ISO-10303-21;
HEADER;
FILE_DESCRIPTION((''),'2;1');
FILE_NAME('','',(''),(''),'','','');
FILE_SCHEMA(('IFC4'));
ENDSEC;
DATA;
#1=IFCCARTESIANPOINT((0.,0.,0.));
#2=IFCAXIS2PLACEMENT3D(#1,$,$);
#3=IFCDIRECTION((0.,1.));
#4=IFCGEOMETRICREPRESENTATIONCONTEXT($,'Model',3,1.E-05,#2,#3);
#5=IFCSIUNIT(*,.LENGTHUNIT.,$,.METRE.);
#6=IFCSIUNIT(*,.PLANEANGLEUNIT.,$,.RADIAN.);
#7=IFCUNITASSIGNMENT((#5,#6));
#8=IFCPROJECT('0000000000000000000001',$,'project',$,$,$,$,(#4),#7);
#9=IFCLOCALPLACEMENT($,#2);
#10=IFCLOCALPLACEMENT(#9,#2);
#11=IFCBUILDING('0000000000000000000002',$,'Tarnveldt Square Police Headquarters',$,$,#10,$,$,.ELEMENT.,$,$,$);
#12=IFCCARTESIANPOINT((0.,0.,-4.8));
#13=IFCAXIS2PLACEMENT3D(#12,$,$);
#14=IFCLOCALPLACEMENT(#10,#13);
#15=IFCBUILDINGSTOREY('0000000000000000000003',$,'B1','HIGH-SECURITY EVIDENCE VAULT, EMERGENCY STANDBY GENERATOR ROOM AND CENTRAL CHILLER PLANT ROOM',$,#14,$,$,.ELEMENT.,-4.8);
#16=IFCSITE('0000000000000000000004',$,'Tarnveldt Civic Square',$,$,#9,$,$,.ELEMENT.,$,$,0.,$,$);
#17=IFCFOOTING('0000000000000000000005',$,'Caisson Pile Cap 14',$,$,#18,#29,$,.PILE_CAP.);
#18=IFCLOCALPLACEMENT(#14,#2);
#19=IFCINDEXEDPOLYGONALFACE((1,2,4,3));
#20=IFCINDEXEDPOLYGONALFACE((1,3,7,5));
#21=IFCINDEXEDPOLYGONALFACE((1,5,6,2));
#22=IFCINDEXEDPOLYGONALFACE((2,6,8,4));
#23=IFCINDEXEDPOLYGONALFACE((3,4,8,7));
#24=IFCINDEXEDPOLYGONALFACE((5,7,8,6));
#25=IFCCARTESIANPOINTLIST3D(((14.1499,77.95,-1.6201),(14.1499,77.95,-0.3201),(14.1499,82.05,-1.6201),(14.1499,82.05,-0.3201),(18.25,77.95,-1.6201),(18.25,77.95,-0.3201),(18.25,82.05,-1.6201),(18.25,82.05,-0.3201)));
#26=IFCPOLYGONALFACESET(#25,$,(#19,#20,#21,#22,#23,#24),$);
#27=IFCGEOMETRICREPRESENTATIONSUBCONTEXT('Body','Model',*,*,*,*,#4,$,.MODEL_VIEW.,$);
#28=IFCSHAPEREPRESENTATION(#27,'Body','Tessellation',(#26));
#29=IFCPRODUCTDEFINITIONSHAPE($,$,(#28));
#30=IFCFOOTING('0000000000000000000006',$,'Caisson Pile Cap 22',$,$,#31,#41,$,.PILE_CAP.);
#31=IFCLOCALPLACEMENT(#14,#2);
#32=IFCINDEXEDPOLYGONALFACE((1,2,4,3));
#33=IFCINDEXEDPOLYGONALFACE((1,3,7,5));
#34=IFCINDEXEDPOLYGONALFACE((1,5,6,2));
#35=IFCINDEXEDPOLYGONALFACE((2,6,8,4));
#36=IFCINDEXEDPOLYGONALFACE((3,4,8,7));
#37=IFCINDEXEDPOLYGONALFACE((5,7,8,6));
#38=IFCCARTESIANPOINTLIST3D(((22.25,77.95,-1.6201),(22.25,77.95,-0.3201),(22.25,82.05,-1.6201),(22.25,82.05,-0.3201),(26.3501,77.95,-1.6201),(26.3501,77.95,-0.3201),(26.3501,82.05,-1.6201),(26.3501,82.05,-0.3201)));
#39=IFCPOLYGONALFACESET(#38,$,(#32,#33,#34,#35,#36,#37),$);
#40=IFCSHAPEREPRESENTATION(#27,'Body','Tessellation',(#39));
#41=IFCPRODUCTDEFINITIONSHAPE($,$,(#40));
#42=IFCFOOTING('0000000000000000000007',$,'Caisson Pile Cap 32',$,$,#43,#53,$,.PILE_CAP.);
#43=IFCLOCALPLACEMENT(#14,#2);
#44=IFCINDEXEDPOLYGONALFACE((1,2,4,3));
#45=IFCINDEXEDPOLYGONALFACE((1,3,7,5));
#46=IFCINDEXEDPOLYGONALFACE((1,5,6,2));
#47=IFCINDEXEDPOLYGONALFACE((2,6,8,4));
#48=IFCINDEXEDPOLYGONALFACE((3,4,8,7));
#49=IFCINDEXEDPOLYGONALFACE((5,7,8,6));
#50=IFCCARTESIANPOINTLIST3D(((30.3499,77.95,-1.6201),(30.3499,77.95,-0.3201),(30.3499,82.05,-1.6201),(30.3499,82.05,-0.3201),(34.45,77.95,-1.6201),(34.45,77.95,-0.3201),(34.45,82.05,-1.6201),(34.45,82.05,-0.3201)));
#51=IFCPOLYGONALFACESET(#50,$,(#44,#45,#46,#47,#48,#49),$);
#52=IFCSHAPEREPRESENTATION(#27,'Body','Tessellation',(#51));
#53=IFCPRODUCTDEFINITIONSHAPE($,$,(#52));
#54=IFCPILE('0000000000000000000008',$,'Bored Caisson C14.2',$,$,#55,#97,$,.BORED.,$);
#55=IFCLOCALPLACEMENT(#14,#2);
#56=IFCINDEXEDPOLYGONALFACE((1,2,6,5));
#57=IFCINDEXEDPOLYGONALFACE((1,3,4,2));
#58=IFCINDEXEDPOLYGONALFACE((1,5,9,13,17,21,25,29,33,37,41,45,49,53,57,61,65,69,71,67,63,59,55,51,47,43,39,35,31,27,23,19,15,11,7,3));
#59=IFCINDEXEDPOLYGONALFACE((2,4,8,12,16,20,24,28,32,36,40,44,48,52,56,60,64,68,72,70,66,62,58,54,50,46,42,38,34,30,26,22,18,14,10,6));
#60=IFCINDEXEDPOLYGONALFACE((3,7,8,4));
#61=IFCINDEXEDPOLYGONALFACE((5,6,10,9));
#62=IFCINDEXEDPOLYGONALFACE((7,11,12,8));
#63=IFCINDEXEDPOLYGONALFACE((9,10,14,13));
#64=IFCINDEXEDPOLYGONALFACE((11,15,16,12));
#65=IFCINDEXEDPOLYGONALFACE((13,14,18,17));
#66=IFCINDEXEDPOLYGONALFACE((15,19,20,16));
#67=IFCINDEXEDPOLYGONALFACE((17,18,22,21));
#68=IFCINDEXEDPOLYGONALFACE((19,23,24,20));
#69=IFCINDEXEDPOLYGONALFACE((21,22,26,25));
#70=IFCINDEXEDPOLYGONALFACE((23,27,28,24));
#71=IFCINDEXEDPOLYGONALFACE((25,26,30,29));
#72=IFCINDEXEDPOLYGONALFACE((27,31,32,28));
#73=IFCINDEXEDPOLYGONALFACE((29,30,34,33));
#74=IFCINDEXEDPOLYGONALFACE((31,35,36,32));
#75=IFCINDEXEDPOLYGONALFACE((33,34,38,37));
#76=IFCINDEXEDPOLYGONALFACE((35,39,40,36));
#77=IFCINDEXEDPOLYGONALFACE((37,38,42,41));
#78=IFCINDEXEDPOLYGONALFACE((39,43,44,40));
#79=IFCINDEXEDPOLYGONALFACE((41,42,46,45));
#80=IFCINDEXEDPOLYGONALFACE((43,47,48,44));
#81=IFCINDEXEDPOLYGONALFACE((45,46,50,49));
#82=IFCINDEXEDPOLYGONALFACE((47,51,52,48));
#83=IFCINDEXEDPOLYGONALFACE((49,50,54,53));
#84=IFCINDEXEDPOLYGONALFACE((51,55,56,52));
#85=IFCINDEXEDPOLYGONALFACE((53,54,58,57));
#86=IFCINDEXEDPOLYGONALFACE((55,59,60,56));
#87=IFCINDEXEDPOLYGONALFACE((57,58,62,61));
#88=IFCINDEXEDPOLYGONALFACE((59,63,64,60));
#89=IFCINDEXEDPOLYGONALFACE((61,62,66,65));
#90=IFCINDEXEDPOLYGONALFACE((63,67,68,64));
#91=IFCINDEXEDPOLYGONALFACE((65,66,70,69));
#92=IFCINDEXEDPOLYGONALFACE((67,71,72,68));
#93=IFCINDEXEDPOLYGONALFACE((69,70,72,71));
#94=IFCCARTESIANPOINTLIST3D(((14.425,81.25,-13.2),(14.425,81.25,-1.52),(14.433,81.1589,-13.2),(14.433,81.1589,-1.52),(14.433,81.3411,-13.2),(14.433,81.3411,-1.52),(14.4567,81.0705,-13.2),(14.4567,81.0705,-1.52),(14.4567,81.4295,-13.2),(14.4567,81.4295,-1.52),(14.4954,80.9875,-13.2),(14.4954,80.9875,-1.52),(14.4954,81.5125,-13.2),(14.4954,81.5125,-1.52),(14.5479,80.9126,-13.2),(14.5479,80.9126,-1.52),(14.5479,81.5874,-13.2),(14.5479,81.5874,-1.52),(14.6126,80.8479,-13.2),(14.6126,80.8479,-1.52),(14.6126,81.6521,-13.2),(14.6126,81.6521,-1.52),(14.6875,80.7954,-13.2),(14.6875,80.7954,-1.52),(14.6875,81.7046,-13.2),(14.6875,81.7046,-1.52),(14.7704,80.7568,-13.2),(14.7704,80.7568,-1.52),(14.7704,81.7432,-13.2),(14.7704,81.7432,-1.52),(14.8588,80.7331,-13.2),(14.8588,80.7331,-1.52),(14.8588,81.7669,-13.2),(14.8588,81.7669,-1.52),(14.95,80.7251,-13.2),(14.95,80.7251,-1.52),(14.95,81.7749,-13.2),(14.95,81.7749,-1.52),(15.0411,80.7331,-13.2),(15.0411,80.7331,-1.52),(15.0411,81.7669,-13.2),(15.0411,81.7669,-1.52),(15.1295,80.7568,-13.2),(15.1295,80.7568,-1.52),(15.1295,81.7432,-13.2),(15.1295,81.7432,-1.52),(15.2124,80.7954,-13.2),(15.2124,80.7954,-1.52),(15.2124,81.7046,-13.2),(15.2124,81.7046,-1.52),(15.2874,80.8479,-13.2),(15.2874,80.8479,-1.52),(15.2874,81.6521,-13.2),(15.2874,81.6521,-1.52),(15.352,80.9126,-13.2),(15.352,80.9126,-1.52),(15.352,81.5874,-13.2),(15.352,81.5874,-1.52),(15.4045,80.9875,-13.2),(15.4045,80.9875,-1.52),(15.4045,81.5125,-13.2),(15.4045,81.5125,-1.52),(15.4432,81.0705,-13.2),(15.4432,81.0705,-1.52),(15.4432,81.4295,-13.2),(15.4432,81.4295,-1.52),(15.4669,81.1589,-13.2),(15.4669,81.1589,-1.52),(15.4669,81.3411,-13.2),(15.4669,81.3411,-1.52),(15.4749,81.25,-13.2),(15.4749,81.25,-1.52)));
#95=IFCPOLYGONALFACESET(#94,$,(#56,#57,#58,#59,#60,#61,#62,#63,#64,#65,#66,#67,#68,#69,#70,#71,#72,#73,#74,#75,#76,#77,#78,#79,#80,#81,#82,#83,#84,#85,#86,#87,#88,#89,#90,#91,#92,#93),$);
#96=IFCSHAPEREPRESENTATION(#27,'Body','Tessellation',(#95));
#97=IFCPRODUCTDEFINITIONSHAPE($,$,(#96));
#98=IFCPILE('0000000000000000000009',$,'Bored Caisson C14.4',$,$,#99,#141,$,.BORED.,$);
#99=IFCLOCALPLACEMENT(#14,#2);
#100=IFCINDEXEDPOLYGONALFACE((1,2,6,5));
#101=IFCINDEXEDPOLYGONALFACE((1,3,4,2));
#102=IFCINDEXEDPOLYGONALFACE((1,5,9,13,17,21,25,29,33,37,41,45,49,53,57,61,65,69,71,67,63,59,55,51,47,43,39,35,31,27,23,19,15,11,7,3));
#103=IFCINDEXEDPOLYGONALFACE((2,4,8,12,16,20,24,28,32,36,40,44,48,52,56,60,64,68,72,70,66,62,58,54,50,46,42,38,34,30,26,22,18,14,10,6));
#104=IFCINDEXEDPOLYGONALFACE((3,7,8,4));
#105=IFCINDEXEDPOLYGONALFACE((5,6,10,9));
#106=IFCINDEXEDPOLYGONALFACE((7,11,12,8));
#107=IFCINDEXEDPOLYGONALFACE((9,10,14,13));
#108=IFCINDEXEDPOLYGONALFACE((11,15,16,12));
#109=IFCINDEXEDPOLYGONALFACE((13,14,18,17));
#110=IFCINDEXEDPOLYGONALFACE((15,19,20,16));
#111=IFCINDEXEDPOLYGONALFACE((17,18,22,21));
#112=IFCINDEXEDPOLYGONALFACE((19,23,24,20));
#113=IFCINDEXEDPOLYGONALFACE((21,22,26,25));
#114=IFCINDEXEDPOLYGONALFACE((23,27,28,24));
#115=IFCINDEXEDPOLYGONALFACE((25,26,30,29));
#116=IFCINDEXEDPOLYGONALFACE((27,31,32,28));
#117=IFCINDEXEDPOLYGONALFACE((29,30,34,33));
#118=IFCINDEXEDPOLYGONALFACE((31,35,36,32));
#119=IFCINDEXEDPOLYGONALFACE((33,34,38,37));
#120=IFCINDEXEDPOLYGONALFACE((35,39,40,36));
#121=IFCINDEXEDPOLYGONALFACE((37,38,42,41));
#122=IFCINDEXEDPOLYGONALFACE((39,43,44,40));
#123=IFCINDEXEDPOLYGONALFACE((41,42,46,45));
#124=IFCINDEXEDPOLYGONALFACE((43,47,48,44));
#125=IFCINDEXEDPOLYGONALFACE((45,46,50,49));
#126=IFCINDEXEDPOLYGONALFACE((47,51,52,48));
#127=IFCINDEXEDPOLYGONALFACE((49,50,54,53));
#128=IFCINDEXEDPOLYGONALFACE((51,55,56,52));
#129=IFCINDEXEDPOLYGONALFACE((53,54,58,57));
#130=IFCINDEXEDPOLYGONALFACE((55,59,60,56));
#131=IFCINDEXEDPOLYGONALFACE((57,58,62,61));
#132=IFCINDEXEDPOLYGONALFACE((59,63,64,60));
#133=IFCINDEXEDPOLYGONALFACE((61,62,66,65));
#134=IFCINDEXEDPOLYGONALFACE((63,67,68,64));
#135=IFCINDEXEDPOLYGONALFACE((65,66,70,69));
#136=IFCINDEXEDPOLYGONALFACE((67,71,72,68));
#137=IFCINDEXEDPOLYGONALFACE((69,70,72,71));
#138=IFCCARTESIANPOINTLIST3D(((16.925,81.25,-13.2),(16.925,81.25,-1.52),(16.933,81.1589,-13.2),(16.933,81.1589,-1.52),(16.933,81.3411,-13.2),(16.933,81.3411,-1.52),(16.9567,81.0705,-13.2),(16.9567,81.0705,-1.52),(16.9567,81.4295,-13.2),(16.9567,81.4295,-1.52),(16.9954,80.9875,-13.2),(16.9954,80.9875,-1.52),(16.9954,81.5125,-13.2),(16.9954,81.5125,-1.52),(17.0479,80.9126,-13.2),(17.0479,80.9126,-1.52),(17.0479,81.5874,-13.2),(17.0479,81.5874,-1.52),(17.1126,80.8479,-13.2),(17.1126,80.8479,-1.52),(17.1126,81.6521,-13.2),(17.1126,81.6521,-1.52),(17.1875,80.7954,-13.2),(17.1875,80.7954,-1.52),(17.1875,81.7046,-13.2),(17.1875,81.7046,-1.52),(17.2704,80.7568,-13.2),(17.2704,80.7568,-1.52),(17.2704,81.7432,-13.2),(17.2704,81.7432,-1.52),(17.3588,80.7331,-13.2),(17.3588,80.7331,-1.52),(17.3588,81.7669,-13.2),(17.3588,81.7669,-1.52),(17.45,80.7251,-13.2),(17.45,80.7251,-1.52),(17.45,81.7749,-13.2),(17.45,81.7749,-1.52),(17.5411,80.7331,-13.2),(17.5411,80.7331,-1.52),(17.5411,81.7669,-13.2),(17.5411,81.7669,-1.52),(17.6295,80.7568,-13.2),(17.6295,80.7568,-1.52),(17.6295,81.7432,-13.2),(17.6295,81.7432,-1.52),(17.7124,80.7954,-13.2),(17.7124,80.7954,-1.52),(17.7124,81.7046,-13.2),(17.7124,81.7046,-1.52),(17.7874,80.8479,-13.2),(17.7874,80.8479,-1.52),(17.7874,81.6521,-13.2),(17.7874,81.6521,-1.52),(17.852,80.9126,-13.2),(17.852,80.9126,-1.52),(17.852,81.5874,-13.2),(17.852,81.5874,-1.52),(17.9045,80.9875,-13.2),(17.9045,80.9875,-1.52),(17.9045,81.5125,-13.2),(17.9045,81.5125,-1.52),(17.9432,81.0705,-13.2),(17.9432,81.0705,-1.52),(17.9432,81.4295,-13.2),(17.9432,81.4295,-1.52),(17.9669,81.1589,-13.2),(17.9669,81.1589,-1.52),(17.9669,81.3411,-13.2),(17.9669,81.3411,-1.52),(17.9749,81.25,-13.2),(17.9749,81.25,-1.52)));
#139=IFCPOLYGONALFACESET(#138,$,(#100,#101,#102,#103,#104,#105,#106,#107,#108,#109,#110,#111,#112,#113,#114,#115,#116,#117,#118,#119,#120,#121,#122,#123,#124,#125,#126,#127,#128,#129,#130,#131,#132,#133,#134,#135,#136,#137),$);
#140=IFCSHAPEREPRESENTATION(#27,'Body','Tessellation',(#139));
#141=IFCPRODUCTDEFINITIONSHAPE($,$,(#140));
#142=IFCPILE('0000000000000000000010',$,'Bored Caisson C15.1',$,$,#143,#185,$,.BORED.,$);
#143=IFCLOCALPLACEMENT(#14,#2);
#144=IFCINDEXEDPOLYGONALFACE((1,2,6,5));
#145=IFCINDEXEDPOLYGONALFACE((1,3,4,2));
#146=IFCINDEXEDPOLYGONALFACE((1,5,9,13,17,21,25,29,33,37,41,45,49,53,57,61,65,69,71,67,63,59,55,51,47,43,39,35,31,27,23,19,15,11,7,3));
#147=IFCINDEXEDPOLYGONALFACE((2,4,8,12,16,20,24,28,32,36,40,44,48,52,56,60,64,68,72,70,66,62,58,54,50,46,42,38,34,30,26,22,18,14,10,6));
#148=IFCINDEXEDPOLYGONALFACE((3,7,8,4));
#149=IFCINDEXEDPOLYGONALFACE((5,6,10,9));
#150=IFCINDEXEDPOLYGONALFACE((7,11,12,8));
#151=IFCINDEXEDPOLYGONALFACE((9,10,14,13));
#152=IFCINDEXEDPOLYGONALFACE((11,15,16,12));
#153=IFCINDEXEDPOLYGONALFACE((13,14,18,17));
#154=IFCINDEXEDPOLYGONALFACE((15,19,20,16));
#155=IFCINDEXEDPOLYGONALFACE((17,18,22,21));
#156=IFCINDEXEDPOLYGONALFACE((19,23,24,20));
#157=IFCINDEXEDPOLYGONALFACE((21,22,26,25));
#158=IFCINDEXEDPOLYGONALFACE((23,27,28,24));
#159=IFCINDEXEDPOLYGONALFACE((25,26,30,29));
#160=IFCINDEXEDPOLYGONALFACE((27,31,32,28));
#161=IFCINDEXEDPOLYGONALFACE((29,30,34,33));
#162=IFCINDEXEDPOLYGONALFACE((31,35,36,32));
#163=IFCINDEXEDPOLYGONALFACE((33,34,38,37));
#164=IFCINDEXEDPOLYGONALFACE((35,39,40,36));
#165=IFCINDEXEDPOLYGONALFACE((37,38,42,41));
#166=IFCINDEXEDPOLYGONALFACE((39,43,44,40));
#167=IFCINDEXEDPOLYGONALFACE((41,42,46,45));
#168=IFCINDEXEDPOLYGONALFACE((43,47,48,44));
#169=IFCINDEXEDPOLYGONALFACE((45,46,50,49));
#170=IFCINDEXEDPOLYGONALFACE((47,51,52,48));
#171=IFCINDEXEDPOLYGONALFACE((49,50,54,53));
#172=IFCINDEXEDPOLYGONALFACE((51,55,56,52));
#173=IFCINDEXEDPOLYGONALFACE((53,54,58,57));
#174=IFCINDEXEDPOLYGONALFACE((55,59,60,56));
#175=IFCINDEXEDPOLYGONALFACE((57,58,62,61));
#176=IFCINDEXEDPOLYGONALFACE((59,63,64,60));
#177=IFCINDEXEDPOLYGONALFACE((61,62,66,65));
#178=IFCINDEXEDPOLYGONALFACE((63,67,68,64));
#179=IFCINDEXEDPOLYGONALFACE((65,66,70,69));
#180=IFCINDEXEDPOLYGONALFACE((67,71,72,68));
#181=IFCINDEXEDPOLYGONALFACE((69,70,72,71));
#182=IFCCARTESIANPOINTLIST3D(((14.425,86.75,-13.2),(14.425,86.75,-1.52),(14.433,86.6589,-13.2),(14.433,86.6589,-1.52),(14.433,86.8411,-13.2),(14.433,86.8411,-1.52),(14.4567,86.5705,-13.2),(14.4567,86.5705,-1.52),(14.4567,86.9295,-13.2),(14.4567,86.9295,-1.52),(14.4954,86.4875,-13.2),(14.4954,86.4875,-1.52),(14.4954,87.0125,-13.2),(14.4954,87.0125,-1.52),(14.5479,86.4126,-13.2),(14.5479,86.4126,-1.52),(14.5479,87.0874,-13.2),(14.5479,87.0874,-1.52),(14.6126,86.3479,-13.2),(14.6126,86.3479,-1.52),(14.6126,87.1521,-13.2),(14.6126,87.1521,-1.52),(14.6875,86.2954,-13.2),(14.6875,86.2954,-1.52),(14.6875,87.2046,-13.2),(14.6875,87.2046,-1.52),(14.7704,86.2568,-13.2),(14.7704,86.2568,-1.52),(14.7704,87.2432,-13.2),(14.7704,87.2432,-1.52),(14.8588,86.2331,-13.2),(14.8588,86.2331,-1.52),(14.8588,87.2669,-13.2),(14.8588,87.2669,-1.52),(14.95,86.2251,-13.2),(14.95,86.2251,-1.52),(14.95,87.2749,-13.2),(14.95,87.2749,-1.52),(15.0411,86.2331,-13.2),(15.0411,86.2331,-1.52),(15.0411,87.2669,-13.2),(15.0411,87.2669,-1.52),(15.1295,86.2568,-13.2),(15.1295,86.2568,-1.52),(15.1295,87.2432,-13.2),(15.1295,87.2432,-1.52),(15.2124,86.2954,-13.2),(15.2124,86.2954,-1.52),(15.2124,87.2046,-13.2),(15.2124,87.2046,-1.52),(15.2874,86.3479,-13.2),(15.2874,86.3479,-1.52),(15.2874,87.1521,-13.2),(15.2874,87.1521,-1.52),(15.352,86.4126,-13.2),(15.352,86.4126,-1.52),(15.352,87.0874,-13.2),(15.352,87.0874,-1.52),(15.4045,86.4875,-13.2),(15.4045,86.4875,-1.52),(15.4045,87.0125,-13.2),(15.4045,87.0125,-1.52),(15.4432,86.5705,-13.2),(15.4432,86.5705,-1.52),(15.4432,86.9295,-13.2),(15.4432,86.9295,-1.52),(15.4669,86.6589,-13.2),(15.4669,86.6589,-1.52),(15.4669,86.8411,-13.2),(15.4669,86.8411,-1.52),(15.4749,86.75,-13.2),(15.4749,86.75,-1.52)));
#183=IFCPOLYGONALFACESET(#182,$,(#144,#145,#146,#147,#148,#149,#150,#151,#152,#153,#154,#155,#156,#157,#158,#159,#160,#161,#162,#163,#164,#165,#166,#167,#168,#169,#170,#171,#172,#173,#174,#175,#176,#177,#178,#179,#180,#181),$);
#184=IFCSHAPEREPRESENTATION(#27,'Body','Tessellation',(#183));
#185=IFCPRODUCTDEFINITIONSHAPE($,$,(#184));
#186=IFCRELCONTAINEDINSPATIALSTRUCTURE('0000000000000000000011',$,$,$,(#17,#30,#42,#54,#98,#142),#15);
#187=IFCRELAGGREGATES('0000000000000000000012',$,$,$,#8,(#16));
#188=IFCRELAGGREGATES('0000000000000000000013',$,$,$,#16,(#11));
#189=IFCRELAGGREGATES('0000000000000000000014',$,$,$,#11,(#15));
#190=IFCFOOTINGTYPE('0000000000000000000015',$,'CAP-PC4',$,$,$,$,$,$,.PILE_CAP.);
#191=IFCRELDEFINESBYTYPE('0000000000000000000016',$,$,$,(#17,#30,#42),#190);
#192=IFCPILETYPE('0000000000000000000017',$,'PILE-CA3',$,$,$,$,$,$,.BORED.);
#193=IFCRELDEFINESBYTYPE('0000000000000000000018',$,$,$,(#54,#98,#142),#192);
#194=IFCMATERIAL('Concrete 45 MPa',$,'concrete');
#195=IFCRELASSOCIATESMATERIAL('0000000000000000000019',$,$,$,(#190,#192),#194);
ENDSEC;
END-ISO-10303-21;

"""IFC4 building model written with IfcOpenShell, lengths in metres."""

from ifc_helpers import new_model, si_unit, direction, frame, origin, origin_2d, place, context, subcontext, project, spatial, rectangle, circle, extrude, material, material_profile, profile_set, type_object, element, save


model = new_model("IFC4")

# Units and contexts
model_context = context("Model", 3, precision=1e-05, world=origin(), true_north=direction((0.0, 1.0)))
body_context = subcontext(model_context, "Body", "Model", "MODEL_VIEW")
ifc_project = project(units=[si_unit("LENGTHUNIT", "METRE"), si_unit("PLANEANGLEUNIT", "RADIAN")], contexts=[model_context])

# Site, building, storey
site_placement = place(None, origin())
site = spatial("IfcSite", under=ifc_project, at=site_placement, Name="Tarnveldt Civic Square", CompositionType="ELEMENT", RefElevation=0.0)
building_placement = place(site_placement, origin())
building = spatial("IfcBuilding", under=site, at=building_placement, Name="Tarnveldt Square Police Headquarters", CompositionType="ELEMENT")
storey_placement = place(building_placement, frame((0.0, 0.0, -4.8)))
storey = spatial("IfcBuildingStorey", under=building, at=storey_placement, Name="B1", Description="HIGH-SECURITY EVIDENCE VAULT, EMERGENCY STANDBY GENERATOR ROOM AND CENTRAL CHILLER PLANT ROOM", CompositionType="ELEMENT", Elevation=-4.8)

# Footings
ifc_material_1 = material(Name="Concrete 45 MPa", Category="concrete")
footing_type = type_object("IfcFootingType", Name="CAP-PC4", PredefinedType="PILE_CAP", material=ifc_material_1)
for number, where, z_axis, x_axis, name in (
    (1, (16.2, 80.0, -1.6201), (0.0, 0.0, 1.0), (1.0, 0.0, 0.0), "Caisson Pile Cap 14"),
    (2, (24.3, 80.0, -1.6201), (0.0, 0.0, 1.0), (1.0, 0.0, 0.0), "Caisson Pile Cap 22"),
    (3, (32.3999, 80.0, -1.6201), (0.0, 0.0, 1.0), (1.0, 0.0, 0.0), "Caisson Pile Cap 32"),
):
    element("IfcFooting", number, at=place(storey_placement, frame(where, z_axis=z_axis, x_axis=x_axis)), inside=storey, type_object=footing_type, Name=name, PredefinedType="PILE_CAP", context=body_context, shape_type="SweptSolid", body=[
        extrude(rectangle(XDim=4.1001, YDim=4.1001, at=origin_2d()), origin(), (0.0, 0.0, 1.0), 1.3),
    ])

# Piles
ifc_material_profile_1 = material_profile(ifc_material_1, circle(Radius=0.5249, at=origin_2d()), Name="CAISSON-D1050")
ifc_profile_set_1 = profile_set([ifc_material_profile_1], Name="Concrete 45 MPa")
pile_type = type_object("IfcPileType", Name="PILE-CA3", PredefinedType="BORED", material=ifc_profile_set_1)
for number, where, z_axis, x_axis, name in (
    (4, (14.95, 81.25, -1.52), (0.0, 0.0, -1.0), (1.0, 0.0, 0.0), "Bored Caisson C14.2"),
    (5, (17.45, 81.25, -1.52), (0.0, 0.0, -1.0), (1.0, 0.0, 0.0), "Bored Caisson C14.4"),
    (6, (14.95, 86.75, -1.52), (0.0, 0.0, -1.0), (1.0, 0.0, 0.0), "Bored Caisson C15.1"),
):
    element("IfcPile", number, at=place(storey_placement, frame(where, z_axis=z_axis, x_axis=x_axis)), inside=storey, type_object=pile_type, Name=name, PredefinedType="BORED", context=body_context, shape_type="SweptSolid", body=[
        extrude(circle(Radius=0.5249, at=origin_2d()), origin(), (0.0, 0.0, 1.0), 11.6799),
    ])

save(model, "model.ifc")
